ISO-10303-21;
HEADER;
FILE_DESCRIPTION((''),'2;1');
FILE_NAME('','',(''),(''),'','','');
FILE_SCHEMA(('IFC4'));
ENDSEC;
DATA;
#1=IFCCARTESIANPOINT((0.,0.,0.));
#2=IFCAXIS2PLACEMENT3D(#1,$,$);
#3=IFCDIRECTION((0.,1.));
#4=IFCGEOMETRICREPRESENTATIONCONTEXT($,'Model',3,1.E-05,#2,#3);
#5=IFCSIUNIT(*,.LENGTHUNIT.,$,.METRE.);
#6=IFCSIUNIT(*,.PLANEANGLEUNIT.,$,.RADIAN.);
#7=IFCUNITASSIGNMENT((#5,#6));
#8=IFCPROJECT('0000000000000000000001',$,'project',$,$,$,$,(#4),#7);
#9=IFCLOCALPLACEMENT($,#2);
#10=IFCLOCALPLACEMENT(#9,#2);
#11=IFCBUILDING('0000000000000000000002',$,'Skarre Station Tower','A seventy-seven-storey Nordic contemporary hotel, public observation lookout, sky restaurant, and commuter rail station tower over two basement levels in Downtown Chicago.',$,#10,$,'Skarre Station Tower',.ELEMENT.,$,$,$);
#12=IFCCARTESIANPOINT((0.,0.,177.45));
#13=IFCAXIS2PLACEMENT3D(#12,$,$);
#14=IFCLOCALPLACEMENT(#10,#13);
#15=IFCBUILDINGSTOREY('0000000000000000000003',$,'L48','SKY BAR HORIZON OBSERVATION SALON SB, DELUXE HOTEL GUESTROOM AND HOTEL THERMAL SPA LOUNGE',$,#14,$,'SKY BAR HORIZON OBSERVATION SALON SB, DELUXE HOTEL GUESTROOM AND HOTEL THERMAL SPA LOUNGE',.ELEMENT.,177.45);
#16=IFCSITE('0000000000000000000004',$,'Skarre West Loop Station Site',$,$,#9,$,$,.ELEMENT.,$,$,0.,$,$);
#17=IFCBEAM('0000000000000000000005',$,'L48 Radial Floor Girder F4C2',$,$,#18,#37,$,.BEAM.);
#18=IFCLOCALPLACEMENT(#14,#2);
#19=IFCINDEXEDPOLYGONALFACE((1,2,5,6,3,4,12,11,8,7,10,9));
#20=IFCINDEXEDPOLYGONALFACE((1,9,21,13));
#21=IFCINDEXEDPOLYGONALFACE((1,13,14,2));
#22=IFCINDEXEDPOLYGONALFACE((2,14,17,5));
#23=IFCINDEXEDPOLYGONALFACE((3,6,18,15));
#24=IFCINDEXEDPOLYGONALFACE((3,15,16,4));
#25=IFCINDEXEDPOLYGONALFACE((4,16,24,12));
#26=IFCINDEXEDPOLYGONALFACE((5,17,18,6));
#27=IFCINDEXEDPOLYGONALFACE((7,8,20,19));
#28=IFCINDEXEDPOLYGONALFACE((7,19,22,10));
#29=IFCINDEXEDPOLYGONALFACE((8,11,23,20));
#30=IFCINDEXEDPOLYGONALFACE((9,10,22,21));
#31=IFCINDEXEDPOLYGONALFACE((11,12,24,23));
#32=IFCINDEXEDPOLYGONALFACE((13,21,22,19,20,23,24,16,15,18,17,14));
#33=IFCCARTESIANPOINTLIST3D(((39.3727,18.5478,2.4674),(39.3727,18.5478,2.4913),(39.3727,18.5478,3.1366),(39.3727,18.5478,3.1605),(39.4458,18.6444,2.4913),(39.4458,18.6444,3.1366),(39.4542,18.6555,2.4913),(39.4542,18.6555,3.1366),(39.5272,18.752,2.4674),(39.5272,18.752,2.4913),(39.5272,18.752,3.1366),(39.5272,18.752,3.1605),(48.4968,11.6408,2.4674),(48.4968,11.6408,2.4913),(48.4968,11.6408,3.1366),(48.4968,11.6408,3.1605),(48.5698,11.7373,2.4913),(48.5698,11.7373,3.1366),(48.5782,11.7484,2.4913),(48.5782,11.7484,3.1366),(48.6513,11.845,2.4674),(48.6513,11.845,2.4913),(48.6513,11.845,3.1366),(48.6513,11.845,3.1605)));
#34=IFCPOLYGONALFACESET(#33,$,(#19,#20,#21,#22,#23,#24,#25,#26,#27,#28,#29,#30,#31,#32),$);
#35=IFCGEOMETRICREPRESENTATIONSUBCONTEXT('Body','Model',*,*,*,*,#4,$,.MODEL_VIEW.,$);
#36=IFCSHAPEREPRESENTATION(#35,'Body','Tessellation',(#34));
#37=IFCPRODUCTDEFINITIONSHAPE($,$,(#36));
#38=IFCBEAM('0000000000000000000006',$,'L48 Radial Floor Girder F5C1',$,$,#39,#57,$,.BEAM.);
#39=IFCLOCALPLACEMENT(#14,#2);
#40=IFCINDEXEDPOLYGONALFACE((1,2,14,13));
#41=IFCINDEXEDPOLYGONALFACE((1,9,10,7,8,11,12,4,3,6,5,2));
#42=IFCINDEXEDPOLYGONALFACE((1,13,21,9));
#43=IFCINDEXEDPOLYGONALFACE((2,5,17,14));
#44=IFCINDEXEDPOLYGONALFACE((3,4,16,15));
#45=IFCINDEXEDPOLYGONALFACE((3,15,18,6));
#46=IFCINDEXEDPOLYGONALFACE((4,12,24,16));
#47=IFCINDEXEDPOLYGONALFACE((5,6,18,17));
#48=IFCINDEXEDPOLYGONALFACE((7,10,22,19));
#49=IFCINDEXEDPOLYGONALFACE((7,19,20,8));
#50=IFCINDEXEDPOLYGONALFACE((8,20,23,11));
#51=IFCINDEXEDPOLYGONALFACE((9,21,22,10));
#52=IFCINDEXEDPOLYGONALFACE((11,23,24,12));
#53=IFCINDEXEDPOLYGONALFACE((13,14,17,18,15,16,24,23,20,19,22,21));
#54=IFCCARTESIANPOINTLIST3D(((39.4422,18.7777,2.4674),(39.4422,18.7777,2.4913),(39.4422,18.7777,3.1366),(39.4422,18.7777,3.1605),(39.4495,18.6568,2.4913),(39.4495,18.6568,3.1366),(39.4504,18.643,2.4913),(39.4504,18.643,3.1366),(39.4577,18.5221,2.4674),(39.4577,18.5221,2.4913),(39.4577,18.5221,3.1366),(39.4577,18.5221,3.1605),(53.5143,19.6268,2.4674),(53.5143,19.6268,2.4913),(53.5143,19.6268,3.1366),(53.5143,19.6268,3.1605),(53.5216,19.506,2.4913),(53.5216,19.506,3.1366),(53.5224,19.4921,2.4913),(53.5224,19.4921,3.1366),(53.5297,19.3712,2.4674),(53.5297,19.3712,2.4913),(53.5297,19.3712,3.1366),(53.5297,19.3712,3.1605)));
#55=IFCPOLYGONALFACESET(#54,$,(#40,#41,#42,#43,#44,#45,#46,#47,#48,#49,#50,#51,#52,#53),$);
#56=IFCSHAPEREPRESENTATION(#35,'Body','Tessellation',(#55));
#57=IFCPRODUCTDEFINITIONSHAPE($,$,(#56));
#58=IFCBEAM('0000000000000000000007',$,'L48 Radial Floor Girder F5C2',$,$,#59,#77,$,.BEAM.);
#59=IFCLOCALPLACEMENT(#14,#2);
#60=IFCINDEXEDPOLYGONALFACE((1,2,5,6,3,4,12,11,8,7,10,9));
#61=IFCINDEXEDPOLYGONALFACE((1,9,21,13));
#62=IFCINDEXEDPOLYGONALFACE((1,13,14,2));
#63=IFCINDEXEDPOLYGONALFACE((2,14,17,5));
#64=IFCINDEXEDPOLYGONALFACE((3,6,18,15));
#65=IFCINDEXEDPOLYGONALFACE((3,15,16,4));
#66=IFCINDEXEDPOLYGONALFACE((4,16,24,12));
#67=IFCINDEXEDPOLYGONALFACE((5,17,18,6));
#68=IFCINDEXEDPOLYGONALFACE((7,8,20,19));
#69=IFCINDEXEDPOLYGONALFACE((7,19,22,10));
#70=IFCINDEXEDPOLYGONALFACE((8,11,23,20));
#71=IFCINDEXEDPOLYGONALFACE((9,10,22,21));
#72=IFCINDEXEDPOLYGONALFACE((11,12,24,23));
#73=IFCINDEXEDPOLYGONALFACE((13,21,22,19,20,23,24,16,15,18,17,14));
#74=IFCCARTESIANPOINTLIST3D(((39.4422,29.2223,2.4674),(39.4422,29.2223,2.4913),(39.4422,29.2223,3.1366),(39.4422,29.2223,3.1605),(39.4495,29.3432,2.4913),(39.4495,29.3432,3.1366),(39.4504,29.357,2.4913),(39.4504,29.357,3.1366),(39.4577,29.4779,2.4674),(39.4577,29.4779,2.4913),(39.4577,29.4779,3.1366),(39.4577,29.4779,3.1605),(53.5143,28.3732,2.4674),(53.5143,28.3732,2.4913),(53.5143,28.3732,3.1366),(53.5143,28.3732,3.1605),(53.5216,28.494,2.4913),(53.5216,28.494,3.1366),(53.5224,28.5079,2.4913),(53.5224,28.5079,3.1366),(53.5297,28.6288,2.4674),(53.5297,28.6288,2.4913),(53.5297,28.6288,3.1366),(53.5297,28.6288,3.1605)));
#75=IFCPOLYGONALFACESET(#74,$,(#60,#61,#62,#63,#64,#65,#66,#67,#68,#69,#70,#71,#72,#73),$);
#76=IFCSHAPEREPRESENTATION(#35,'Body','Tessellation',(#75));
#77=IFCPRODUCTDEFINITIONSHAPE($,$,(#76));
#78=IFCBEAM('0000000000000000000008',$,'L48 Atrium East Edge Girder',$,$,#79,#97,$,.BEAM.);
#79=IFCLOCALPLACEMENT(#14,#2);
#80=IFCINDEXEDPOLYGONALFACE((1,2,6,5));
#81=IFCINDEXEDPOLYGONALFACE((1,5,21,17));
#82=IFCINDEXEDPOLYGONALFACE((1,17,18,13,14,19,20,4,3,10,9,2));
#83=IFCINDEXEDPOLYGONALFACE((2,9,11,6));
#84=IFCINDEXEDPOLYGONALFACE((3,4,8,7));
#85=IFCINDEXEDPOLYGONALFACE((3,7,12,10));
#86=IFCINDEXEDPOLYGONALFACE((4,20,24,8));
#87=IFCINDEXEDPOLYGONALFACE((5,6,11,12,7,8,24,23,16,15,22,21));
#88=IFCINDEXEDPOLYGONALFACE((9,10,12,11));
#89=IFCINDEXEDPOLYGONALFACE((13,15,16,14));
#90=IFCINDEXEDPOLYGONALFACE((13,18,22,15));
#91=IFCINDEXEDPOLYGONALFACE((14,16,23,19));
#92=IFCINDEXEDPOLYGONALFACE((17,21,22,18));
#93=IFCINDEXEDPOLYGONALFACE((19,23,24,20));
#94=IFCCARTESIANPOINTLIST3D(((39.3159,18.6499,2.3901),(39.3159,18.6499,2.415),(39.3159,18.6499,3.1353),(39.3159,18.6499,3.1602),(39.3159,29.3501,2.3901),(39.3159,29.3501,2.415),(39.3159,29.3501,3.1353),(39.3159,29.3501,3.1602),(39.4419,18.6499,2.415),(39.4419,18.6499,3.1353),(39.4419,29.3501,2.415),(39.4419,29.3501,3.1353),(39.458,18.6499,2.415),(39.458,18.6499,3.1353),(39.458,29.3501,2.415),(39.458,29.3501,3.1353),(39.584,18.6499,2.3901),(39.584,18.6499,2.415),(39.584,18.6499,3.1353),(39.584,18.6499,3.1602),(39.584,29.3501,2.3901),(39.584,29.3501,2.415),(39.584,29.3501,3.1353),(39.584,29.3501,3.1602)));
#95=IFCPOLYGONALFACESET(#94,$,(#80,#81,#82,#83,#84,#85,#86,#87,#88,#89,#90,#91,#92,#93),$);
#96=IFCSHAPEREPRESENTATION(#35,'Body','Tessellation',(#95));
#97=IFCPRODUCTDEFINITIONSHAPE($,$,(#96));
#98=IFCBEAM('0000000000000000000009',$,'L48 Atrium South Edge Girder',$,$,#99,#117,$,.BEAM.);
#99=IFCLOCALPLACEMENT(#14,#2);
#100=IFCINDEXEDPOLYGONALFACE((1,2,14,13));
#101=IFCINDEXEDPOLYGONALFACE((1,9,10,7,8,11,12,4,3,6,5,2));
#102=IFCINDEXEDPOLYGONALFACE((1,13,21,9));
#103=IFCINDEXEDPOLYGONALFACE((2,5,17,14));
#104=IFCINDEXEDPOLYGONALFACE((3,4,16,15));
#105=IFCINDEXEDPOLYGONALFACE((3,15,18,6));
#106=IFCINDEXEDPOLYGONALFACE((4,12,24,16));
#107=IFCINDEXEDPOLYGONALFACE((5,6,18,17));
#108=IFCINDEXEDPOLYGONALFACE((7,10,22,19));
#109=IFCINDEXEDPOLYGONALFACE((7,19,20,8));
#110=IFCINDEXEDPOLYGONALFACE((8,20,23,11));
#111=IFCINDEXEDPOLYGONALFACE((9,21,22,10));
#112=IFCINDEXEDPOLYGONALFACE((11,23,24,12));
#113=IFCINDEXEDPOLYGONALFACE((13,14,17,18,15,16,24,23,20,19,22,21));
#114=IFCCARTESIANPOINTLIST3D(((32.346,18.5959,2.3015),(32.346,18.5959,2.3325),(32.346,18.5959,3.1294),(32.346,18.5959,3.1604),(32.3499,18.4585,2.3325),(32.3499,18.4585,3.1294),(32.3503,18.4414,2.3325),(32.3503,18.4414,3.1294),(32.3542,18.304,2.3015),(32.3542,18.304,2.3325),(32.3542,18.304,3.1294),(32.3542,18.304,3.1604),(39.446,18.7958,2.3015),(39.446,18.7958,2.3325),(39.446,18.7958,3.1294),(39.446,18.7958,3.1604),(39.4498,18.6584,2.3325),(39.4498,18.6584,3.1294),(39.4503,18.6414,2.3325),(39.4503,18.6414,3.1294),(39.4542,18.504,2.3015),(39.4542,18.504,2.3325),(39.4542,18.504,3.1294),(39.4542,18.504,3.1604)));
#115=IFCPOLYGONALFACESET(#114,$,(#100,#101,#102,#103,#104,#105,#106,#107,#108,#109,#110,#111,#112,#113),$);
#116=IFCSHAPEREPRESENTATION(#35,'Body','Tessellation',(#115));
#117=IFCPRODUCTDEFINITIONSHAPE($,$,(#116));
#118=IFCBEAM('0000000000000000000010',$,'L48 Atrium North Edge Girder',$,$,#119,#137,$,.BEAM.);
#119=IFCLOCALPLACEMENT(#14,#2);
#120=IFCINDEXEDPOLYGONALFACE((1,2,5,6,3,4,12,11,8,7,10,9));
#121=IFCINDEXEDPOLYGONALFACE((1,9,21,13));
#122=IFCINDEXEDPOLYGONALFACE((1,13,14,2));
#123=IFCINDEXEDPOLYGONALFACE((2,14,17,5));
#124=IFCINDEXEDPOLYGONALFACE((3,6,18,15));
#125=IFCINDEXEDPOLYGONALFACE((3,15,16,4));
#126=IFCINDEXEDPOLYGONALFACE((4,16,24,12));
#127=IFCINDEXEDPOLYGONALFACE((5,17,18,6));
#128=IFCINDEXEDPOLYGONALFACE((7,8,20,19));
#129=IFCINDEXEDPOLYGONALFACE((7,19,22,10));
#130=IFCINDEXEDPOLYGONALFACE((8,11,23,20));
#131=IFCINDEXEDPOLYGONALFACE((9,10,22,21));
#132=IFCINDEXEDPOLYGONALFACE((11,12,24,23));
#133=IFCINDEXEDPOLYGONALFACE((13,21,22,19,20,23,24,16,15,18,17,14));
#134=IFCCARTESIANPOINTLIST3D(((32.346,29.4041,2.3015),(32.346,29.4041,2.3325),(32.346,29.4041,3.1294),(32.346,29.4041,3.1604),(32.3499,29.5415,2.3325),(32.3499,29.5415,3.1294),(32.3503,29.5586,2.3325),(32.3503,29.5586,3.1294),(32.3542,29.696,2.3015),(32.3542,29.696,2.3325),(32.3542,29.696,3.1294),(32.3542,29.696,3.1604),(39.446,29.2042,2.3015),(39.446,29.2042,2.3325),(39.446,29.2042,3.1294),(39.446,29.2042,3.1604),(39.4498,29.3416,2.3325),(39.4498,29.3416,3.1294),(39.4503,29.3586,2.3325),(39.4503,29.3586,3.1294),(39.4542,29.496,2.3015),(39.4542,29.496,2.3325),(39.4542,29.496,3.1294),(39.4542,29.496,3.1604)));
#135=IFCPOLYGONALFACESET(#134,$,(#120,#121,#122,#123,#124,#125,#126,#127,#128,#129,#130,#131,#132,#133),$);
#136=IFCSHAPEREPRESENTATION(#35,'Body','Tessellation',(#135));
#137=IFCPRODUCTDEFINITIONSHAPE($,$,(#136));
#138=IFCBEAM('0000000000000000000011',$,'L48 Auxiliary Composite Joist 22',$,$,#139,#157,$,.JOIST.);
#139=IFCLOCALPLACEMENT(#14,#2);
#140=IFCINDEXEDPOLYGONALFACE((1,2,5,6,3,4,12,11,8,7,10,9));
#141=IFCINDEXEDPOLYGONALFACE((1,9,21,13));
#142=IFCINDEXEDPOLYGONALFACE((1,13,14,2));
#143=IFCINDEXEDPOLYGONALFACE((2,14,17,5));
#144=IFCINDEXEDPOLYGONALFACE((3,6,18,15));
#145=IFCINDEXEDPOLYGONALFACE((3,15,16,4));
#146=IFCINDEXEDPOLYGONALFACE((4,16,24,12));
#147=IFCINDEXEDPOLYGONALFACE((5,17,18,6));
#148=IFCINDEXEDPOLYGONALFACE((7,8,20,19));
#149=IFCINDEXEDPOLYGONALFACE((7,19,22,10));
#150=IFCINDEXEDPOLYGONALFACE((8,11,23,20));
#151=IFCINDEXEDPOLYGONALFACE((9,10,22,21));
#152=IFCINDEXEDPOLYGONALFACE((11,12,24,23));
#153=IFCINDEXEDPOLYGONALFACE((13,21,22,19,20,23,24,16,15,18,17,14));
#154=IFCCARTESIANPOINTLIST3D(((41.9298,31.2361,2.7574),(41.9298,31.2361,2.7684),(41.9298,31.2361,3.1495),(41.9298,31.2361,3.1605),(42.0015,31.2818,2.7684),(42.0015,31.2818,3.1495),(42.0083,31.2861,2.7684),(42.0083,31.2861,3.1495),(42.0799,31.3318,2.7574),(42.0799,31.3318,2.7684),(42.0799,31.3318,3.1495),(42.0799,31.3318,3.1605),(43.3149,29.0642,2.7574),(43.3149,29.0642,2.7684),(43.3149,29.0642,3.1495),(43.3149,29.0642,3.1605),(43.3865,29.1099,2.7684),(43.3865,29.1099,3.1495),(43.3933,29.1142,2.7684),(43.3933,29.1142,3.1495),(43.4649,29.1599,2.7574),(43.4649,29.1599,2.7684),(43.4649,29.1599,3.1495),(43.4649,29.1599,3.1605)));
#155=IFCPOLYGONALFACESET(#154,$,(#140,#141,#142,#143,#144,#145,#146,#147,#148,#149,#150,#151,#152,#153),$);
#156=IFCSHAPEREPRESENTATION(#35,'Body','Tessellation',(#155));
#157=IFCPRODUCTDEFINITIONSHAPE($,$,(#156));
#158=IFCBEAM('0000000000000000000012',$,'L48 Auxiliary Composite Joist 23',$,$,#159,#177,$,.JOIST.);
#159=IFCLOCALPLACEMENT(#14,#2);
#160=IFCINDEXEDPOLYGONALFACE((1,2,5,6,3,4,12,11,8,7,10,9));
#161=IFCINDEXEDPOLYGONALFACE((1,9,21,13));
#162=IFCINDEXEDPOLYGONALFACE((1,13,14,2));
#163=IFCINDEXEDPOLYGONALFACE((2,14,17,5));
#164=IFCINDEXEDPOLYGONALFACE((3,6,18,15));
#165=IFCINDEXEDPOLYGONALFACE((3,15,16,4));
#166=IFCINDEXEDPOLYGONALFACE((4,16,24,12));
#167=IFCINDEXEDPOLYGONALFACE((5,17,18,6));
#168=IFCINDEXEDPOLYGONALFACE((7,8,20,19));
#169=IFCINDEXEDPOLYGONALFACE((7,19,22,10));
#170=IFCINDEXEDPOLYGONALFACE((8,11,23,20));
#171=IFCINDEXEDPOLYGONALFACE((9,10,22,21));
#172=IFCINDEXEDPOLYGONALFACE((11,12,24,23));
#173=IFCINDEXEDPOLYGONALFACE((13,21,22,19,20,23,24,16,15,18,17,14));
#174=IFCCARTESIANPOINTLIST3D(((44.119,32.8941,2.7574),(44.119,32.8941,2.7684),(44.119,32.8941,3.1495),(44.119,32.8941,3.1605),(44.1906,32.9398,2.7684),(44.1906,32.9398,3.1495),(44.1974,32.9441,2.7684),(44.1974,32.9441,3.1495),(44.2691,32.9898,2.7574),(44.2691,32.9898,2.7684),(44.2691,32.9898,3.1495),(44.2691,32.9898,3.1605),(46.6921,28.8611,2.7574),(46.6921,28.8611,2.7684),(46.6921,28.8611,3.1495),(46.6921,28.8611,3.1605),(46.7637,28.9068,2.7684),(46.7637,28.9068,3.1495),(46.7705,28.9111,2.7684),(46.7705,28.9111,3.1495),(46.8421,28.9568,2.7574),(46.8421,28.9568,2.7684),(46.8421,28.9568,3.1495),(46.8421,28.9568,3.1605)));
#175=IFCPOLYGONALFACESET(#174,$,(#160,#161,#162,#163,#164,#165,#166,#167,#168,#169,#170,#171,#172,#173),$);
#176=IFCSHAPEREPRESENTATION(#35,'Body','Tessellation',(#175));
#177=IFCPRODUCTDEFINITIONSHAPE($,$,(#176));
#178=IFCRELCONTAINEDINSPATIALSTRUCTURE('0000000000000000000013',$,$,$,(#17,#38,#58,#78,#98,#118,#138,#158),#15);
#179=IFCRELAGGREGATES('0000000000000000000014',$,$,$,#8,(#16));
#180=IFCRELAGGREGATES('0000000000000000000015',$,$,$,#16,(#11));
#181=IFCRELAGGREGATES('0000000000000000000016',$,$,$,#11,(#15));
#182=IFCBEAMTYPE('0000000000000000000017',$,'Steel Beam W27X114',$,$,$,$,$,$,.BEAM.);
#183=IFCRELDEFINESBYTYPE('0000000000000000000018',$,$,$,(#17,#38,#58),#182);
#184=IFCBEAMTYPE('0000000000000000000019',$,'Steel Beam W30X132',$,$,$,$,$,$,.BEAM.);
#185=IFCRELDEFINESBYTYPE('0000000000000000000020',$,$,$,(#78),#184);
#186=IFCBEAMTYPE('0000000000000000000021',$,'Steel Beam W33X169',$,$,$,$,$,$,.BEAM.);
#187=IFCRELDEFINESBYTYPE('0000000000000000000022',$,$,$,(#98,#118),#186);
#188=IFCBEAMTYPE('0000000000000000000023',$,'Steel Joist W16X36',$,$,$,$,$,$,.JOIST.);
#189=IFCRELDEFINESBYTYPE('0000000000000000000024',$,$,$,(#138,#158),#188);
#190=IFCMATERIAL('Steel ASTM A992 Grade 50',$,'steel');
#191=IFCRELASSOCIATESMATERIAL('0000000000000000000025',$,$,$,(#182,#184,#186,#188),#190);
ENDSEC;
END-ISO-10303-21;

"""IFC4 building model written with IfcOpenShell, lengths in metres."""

from ifc_helpers import new_model, si_unit, direction, frame, origin, origin_2d, place, context, subcontext, project, spatial, i_section, extrude, material, material_profile, profile_set, type_object, element, save


model = new_model("IFC4")

# Units and contexts
model_context = context("Model", 3, precision=1e-05, world=origin(), true_north=direction((0.0, 1.0)))
body_context = subcontext(model_context, "Body", "Model", "MODEL_VIEW")
ifc_project = project(units=[si_unit("LENGTHUNIT", "METRE"), si_unit("PLANEANGLEUNIT", "RADIAN")], contexts=[model_context])

# Site, building, storey
site_placement = place(None, origin())
site = spatial("IfcSite", under=ifc_project, at=site_placement, Name="Skarre West Loop Station Site", CompositionType="ELEMENT", RefElevation=0.0)
building_placement = place(site_placement, origin())
building = spatial("IfcBuilding", under=site, at=building_placement, Name="Skarre Station Tower", Description="A seventy-seven-storey Nordic contemporary hotel, public observation lookout, sky restaurant, and commuter rail station tower over two basement levels in Downtown Chicago.", LongName="Skarre Station Tower", CompositionType="ELEMENT")
storey_placement = place(building_placement, frame((0.0, 0.0, 177.45)))
storey = spatial("IfcBuildingStorey", under=building, at=storey_placement, Name="L48", Description="SKY BAR HORIZON OBSERVATION SALON SB, DELUXE HOTEL GUESTROOM AND HOTEL THERMAL SPA LOUNGE", LongName="SKY BAR HORIZON OBSERVATION SALON SB, DELUXE HOTEL GUESTROOM AND HOTEL THERMAL SPA LOUNGE", CompositionType="ELEMENT", Elevation=177.45)

# Beams
ifc_material_1 = material(Name="Steel ASTM A992 Grade 50", Category="steel")
ifc_material_profile_1 = material_profile(ifc_material_1, i_section(OverallWidth=0.2561, OverallDepth=0.6931, WebThickness=0.0139, FlangeThickness=0.0239, at=origin_2d()), Name="Steel ASTM A992 Grade 50")
ifc_profile_set_1 = profile_set([ifc_material_profile_1], Name="Steel ASTM A992 Grade 50")
beam_type_1 = type_object("IfcBeamType", Name="Steel Beam W27X114", PredefinedType="BEAM", material=ifc_profile_set_1)
beam_1_placement = place(storey_placement, frame((39.45, 18.6499, 2.814), z_axis=(0.797309, -0.603571, 0.0), x_axis=(0.603571, 0.797309, 0.0)))
element("IfcBeam", 1, at=beam_1_placement, inside=storey, type_object=beam_type_1, Name="L48 Radial Floor Girder F4C2", PredefinedType="BEAM", context=body_context, shape_type="SweptSolid", body=[
    extrude(i_section(OverallWidth=0.2561, OverallDepth=0.6931, WebThickness=0.0139, FlangeThickness=0.0239, at=origin_2d()), origin(), (0.0, 0.0, 1.0), 11.4436),
])
for number, where, z_axis, x_axis, name in (
    (2, (39.45, 18.6499, 2.814), (0.998184, 0.060232, 0.0), (-0.060232, 0.998184, 0.0), "L48 Radial Floor Girder F5C1"),
    (3, (39.45, 29.3501, 2.814), (0.998184, -0.060232, 0.0), (0.060232, 0.998184, 0.0), "L48 Radial Floor Girder F5C2"),
):
    element("IfcBeam", number, at=place(storey_placement, frame(where, z_axis=z_axis, x_axis=x_axis)), inside=storey, type_object=beam_type_1, Name=name, PredefinedType="BEAM", context=body_context, shape_type="SweptSolid", body=[
        extrude(i_section(OverallWidth=0.2561, OverallDepth=0.6931, WebThickness=0.0139, FlangeThickness=0.0239, at=origin_2d()), origin(), (0.0, 0.0, 1.0), 14.0977),
    ])
ifc_material_profile_2 = material_profile(ifc_material_1, i_section(OverallWidth=0.2681, OverallDepth=0.77, WebThickness=0.0161, FlangeThickness=0.0249, at=origin_2d()), Name="Steel ASTM A992 Grade 50")
ifc_profile_set_2 = profile_set([ifc_material_profile_2], Name="Steel ASTM A992 Grade 50")
beam_type_2 = type_object("IfcBeamType", Name="Steel Beam W30X132", PredefinedType="BEAM", material=ifc_profile_set_2)
beam_2_placement = place(storey_placement, frame((39.45, 18.6499, 2.7751), z_axis=(0.0, 1.0, 0.0), x_axis=(-1.0, 0.0, 0.0)))
element("IfcBeam", 4, at=beam_2_placement, inside=storey, type_object=beam_type_2, Name="L48 Atrium East Edge Girder", PredefinedType="BEAM", context=body_context, shape_type="SweptSolid", body=[
    extrude(i_section(OverallWidth=0.2681, OverallDepth=0.77, WebThickness=0.0161, FlangeThickness=0.0249, at=origin_2d()), origin(), (0.0, 0.0, 1.0), 10.7002),
])
ifc_material_profile_3 = material_profile(ifc_material_1, i_section(OverallWidth=0.292, OverallDepth=0.8589, WebThickness=0.0171, FlangeThickness=0.031, at=origin_2d()), Name="Steel ASTM A992 Grade 50")
ifc_profile_set_3 = profile_set([ifc_material_profile_3], Name="Steel ASTM A992 Grade 50")
beam_type_3 = type_object("IfcBeamType", Name="Steel Beam W33X169", PredefinedType="BEAM", material=ifc_profile_set_3)
for number, where, z_axis, x_axis, name in (
    (5, (32.3501, 18.45, 2.731), (0.999604, 0.028152, 0.0), (-0.028152, 0.999604, 0.0), "L48 Atrium South Edge Girder"),
    (6, (32.3501, 29.55, 2.731), (0.999604, -0.028152, 0.0), (0.028152, 0.999604, 0.0), "L48 Atrium North Edge Girder"),
):
    element("IfcBeam", number, at=place(storey_placement, frame(where, z_axis=z_axis, x_axis=x_axis)), inside=storey, type_object=beam_type_3, Name=name, PredefinedType="BEAM", context=body_context, shape_type="SweptSolid", body=[
        extrude(i_section(OverallWidth=0.292, OverallDepth=0.8589, WebThickness=0.0171, FlangeThickness=0.031, at=origin_2d()), origin(), (0.0, 0.0, 1.0), 7.1028),
    ])
ifc_material_profile_4 = material_profile(ifc_material_1, i_section(OverallWidth=0.178, OverallDepth=0.4031, WebThickness=0.0081, FlangeThickness=0.011, at=origin_2d()), Name="Steel ASTM A992 Grade 50")
ifc_profile_set_4 = profile_set([ifc_material_profile_4], Name="Steel ASTM A992 Grade 50")
beam_type_4 = type_object("IfcBeamType", Name="Steel Joist W16X36", PredefinedType="JOIST", material=ifc_profile_set_4)
beam_3_placement = place(storey_placement, frame((43.3899, 29.1121, 2.959), z_axis=(-0.537679, 0.84315, 0.0), x_axis=(-0.84315, -0.537679, 0.0)))
element("IfcBeam", 7, at=beam_3_placement, inside=storey, type_object=beam_type_4, Name="L48 Auxiliary Composite Joist 22", PredefinedType="JOIST", context=body_context, shape_type="SweptSolid", body=[
    extrude(i_section(OverallWidth=0.178, OverallDepth=0.4031, WebThickness=0.0081, FlangeThickness=0.011, at=origin_2d()), origin(), (0.0, 0.0, 1.0), 2.5759),
])
beam_4_placement = place(storey_placement, frame((46.7671, 28.9089, 2.959), z_axis=(-0.537853, 0.843039, 0.0), x_axis=(-0.843039, -0.537853, 0.0)))
element("IfcBeam", 8, at=beam_4_placement, inside=storey, type_object=beam_type_4, Name="L48 Auxiliary Composite Joist 23", PredefinedType="JOIST", context=body_context, shape_type="SweptSolid", body=[
    extrude(i_section(OverallWidth=0.178, OverallDepth=0.4031, WebThickness=0.0081, FlangeThickness=0.011, at=origin_2d()), origin(), (0.0, 0.0, 1.0), 4.7839),
])

save(model, "model.ifc")
